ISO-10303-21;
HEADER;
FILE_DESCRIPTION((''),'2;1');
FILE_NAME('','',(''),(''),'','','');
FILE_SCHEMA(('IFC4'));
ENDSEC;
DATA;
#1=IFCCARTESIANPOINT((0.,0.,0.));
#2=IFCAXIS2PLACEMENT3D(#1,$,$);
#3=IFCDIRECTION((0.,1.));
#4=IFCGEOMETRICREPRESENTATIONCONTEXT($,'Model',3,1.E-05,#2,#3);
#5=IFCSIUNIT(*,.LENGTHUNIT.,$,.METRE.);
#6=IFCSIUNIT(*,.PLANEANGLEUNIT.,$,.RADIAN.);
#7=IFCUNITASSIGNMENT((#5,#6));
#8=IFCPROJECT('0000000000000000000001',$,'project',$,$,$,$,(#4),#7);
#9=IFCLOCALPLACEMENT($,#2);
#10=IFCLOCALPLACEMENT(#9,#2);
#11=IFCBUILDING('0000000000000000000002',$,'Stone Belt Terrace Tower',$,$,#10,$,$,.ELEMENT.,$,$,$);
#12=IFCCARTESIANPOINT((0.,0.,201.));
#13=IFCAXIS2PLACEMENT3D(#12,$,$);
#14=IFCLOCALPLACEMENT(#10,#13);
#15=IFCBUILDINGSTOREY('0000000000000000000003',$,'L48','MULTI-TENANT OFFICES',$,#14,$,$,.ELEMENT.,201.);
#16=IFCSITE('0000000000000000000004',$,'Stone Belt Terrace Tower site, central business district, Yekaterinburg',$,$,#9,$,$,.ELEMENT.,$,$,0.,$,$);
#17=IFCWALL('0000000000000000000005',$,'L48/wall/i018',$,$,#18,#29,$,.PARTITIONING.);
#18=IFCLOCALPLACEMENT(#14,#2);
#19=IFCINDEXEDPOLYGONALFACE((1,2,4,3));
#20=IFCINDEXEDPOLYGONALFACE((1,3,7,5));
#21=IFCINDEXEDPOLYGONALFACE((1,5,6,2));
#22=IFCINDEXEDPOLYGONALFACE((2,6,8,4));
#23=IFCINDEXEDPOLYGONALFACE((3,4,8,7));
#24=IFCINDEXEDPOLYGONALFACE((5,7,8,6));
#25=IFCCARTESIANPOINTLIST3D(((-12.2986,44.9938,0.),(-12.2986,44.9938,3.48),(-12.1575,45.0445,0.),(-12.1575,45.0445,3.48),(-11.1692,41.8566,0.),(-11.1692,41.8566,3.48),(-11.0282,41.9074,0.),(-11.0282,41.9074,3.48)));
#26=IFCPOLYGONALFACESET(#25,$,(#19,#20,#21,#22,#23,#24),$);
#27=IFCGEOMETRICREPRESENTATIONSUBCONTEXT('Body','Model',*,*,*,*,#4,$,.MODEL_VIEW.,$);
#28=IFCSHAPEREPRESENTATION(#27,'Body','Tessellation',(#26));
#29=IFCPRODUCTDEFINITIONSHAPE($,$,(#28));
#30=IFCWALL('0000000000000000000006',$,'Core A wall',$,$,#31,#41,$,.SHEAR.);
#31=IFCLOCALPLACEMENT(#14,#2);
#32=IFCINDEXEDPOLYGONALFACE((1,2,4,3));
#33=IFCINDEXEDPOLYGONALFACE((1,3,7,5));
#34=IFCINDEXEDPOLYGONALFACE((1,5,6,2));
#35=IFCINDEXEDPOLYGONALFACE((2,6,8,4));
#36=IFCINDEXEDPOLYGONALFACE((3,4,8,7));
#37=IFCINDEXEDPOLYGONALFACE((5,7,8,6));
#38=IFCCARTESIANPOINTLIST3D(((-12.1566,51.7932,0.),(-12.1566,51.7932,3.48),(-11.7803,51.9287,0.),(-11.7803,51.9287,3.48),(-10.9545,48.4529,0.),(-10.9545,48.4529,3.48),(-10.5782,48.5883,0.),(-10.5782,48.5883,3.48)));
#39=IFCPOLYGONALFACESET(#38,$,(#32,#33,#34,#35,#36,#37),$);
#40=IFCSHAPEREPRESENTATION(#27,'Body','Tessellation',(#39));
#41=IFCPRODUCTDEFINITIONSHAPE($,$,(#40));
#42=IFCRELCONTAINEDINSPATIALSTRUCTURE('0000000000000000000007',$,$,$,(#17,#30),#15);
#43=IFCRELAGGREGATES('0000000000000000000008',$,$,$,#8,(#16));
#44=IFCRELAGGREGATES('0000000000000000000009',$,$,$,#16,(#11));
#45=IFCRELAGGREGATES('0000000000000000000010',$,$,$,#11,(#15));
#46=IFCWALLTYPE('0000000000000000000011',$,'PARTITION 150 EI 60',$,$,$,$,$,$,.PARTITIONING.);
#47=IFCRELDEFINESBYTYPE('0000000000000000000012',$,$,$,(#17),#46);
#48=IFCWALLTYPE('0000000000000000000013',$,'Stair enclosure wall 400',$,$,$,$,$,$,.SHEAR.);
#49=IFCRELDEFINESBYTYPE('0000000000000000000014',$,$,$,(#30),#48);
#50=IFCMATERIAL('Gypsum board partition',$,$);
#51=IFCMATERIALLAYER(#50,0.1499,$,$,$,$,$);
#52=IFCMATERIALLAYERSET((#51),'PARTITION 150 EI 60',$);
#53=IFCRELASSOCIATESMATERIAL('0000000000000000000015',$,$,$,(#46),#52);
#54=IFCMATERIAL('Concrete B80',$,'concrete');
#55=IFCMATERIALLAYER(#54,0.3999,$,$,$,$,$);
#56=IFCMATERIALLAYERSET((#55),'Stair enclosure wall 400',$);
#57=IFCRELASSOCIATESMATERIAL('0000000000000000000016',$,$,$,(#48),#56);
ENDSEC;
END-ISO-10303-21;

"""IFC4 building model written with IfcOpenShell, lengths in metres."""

from ifc_helpers import new_model, si_unit, direction, frame, frame_2d, origin, place, context, subcontext, project, spatial, rectangle, extrude, material, layer, layer_set, type_object, element, save


model = new_model("IFC4")

# Units and contexts
model_context = context("Model", 3, precision=1e-05, world=origin(), true_north=direction((0.0, 1.0)))
body_context = subcontext(model_context, "Body", "Model", "MODEL_VIEW")
ifc_project = project(units=[si_unit("LENGTHUNIT", "METRE"), si_unit("PLANEANGLEUNIT", "RADIAN")], contexts=[model_context])

# Site, building, storey
site_placement = place(None, origin())
site = spatial("IfcSite", under=ifc_project, at=site_placement, Name="Stone Belt Terrace Tower site, central business district, Yekaterinburg", CompositionType="ELEMENT", RefElevation=0.0)
building_placement = place(site_placement, origin())
building = spatial("IfcBuilding", under=site, at=building_placement, Name="Stone Belt Terrace Tower", CompositionType="ELEMENT")
storey_placement = place(building_placement, frame((0.0, 0.0, 201.0)))
storey = spatial("IfcBuildingStorey", under=building, at=storey_placement, Name="L48", Description="MULTI-TENANT OFFICES", CompositionType="ELEMENT", Elevation=201.0)

# Shared definitions
ifc_material_1 = material(Name="Gypsum board partition")

# Shared definitions
ifc_layer_1 = layer(ifc_material_1, 0.1499)
ifc_layer_set_1 = layer_set([ifc_layer_1], Name="PARTITION 150 EI 60")
wall_type_1 = type_object("IfcWallType", Name="PARTITION 150 EI 60", PredefinedType="PARTITIONING", material=ifc_layer_set_1)

# Walls
wall_1_placement = place(storey_placement, frame((-12.228, 45.019, 0.0), z_axis=(0.0, 0.0, 1.0), x_axis=(0.338719, -0.940887, 0.0)))
element("IfcWall", 1, at=wall_1_placement, inside=storey, type_object=wall_type_1, Name="L48/wall/i018", PredefinedType="PARTITIONING", context=body_context, shape_type="SweptSolid", body=[
    extrude(rectangle(XDim=3.3342, YDim=0.1499, at=frame_2d((1.667, 0.0))), origin(), (0.0, 0.0, 1.0), 3.48),
])
ifc_material_2 = material(Name="Concrete B80", Category="concrete")
ifc_layer_2 = layer(ifc_material_2, 0.3999)
ifc_layer_set_2 = layer_set([ifc_layer_2], Name="Stair enclosure wall 400")
wall_type_2 = type_object("IfcWallType", Name="Stair enclosure wall 400", PredefinedType="SHEAR", material=ifc_layer_set_2)
wall_2_placement = place(storey_placement, frame((-10.7664, 48.5208, 0.0), z_axis=(0.0, 0.0, 1.0), x_axis=(-0.338627, 0.940921, 0.0)))
element("IfcWall", 2, at=wall_2_placement, inside=storey, type_object=wall_type_2, Name="Core A wall", PredefinedType="SHEAR", context=body_context, shape_type="SweptSolid", body=[
    extrude(rectangle(XDim=3.55, YDim=0.3999, at=frame_2d((1.7749, 0.0))), origin(), (0.0, 0.0, 1.0), 3.48),
])

save(model, "model.ifc")
